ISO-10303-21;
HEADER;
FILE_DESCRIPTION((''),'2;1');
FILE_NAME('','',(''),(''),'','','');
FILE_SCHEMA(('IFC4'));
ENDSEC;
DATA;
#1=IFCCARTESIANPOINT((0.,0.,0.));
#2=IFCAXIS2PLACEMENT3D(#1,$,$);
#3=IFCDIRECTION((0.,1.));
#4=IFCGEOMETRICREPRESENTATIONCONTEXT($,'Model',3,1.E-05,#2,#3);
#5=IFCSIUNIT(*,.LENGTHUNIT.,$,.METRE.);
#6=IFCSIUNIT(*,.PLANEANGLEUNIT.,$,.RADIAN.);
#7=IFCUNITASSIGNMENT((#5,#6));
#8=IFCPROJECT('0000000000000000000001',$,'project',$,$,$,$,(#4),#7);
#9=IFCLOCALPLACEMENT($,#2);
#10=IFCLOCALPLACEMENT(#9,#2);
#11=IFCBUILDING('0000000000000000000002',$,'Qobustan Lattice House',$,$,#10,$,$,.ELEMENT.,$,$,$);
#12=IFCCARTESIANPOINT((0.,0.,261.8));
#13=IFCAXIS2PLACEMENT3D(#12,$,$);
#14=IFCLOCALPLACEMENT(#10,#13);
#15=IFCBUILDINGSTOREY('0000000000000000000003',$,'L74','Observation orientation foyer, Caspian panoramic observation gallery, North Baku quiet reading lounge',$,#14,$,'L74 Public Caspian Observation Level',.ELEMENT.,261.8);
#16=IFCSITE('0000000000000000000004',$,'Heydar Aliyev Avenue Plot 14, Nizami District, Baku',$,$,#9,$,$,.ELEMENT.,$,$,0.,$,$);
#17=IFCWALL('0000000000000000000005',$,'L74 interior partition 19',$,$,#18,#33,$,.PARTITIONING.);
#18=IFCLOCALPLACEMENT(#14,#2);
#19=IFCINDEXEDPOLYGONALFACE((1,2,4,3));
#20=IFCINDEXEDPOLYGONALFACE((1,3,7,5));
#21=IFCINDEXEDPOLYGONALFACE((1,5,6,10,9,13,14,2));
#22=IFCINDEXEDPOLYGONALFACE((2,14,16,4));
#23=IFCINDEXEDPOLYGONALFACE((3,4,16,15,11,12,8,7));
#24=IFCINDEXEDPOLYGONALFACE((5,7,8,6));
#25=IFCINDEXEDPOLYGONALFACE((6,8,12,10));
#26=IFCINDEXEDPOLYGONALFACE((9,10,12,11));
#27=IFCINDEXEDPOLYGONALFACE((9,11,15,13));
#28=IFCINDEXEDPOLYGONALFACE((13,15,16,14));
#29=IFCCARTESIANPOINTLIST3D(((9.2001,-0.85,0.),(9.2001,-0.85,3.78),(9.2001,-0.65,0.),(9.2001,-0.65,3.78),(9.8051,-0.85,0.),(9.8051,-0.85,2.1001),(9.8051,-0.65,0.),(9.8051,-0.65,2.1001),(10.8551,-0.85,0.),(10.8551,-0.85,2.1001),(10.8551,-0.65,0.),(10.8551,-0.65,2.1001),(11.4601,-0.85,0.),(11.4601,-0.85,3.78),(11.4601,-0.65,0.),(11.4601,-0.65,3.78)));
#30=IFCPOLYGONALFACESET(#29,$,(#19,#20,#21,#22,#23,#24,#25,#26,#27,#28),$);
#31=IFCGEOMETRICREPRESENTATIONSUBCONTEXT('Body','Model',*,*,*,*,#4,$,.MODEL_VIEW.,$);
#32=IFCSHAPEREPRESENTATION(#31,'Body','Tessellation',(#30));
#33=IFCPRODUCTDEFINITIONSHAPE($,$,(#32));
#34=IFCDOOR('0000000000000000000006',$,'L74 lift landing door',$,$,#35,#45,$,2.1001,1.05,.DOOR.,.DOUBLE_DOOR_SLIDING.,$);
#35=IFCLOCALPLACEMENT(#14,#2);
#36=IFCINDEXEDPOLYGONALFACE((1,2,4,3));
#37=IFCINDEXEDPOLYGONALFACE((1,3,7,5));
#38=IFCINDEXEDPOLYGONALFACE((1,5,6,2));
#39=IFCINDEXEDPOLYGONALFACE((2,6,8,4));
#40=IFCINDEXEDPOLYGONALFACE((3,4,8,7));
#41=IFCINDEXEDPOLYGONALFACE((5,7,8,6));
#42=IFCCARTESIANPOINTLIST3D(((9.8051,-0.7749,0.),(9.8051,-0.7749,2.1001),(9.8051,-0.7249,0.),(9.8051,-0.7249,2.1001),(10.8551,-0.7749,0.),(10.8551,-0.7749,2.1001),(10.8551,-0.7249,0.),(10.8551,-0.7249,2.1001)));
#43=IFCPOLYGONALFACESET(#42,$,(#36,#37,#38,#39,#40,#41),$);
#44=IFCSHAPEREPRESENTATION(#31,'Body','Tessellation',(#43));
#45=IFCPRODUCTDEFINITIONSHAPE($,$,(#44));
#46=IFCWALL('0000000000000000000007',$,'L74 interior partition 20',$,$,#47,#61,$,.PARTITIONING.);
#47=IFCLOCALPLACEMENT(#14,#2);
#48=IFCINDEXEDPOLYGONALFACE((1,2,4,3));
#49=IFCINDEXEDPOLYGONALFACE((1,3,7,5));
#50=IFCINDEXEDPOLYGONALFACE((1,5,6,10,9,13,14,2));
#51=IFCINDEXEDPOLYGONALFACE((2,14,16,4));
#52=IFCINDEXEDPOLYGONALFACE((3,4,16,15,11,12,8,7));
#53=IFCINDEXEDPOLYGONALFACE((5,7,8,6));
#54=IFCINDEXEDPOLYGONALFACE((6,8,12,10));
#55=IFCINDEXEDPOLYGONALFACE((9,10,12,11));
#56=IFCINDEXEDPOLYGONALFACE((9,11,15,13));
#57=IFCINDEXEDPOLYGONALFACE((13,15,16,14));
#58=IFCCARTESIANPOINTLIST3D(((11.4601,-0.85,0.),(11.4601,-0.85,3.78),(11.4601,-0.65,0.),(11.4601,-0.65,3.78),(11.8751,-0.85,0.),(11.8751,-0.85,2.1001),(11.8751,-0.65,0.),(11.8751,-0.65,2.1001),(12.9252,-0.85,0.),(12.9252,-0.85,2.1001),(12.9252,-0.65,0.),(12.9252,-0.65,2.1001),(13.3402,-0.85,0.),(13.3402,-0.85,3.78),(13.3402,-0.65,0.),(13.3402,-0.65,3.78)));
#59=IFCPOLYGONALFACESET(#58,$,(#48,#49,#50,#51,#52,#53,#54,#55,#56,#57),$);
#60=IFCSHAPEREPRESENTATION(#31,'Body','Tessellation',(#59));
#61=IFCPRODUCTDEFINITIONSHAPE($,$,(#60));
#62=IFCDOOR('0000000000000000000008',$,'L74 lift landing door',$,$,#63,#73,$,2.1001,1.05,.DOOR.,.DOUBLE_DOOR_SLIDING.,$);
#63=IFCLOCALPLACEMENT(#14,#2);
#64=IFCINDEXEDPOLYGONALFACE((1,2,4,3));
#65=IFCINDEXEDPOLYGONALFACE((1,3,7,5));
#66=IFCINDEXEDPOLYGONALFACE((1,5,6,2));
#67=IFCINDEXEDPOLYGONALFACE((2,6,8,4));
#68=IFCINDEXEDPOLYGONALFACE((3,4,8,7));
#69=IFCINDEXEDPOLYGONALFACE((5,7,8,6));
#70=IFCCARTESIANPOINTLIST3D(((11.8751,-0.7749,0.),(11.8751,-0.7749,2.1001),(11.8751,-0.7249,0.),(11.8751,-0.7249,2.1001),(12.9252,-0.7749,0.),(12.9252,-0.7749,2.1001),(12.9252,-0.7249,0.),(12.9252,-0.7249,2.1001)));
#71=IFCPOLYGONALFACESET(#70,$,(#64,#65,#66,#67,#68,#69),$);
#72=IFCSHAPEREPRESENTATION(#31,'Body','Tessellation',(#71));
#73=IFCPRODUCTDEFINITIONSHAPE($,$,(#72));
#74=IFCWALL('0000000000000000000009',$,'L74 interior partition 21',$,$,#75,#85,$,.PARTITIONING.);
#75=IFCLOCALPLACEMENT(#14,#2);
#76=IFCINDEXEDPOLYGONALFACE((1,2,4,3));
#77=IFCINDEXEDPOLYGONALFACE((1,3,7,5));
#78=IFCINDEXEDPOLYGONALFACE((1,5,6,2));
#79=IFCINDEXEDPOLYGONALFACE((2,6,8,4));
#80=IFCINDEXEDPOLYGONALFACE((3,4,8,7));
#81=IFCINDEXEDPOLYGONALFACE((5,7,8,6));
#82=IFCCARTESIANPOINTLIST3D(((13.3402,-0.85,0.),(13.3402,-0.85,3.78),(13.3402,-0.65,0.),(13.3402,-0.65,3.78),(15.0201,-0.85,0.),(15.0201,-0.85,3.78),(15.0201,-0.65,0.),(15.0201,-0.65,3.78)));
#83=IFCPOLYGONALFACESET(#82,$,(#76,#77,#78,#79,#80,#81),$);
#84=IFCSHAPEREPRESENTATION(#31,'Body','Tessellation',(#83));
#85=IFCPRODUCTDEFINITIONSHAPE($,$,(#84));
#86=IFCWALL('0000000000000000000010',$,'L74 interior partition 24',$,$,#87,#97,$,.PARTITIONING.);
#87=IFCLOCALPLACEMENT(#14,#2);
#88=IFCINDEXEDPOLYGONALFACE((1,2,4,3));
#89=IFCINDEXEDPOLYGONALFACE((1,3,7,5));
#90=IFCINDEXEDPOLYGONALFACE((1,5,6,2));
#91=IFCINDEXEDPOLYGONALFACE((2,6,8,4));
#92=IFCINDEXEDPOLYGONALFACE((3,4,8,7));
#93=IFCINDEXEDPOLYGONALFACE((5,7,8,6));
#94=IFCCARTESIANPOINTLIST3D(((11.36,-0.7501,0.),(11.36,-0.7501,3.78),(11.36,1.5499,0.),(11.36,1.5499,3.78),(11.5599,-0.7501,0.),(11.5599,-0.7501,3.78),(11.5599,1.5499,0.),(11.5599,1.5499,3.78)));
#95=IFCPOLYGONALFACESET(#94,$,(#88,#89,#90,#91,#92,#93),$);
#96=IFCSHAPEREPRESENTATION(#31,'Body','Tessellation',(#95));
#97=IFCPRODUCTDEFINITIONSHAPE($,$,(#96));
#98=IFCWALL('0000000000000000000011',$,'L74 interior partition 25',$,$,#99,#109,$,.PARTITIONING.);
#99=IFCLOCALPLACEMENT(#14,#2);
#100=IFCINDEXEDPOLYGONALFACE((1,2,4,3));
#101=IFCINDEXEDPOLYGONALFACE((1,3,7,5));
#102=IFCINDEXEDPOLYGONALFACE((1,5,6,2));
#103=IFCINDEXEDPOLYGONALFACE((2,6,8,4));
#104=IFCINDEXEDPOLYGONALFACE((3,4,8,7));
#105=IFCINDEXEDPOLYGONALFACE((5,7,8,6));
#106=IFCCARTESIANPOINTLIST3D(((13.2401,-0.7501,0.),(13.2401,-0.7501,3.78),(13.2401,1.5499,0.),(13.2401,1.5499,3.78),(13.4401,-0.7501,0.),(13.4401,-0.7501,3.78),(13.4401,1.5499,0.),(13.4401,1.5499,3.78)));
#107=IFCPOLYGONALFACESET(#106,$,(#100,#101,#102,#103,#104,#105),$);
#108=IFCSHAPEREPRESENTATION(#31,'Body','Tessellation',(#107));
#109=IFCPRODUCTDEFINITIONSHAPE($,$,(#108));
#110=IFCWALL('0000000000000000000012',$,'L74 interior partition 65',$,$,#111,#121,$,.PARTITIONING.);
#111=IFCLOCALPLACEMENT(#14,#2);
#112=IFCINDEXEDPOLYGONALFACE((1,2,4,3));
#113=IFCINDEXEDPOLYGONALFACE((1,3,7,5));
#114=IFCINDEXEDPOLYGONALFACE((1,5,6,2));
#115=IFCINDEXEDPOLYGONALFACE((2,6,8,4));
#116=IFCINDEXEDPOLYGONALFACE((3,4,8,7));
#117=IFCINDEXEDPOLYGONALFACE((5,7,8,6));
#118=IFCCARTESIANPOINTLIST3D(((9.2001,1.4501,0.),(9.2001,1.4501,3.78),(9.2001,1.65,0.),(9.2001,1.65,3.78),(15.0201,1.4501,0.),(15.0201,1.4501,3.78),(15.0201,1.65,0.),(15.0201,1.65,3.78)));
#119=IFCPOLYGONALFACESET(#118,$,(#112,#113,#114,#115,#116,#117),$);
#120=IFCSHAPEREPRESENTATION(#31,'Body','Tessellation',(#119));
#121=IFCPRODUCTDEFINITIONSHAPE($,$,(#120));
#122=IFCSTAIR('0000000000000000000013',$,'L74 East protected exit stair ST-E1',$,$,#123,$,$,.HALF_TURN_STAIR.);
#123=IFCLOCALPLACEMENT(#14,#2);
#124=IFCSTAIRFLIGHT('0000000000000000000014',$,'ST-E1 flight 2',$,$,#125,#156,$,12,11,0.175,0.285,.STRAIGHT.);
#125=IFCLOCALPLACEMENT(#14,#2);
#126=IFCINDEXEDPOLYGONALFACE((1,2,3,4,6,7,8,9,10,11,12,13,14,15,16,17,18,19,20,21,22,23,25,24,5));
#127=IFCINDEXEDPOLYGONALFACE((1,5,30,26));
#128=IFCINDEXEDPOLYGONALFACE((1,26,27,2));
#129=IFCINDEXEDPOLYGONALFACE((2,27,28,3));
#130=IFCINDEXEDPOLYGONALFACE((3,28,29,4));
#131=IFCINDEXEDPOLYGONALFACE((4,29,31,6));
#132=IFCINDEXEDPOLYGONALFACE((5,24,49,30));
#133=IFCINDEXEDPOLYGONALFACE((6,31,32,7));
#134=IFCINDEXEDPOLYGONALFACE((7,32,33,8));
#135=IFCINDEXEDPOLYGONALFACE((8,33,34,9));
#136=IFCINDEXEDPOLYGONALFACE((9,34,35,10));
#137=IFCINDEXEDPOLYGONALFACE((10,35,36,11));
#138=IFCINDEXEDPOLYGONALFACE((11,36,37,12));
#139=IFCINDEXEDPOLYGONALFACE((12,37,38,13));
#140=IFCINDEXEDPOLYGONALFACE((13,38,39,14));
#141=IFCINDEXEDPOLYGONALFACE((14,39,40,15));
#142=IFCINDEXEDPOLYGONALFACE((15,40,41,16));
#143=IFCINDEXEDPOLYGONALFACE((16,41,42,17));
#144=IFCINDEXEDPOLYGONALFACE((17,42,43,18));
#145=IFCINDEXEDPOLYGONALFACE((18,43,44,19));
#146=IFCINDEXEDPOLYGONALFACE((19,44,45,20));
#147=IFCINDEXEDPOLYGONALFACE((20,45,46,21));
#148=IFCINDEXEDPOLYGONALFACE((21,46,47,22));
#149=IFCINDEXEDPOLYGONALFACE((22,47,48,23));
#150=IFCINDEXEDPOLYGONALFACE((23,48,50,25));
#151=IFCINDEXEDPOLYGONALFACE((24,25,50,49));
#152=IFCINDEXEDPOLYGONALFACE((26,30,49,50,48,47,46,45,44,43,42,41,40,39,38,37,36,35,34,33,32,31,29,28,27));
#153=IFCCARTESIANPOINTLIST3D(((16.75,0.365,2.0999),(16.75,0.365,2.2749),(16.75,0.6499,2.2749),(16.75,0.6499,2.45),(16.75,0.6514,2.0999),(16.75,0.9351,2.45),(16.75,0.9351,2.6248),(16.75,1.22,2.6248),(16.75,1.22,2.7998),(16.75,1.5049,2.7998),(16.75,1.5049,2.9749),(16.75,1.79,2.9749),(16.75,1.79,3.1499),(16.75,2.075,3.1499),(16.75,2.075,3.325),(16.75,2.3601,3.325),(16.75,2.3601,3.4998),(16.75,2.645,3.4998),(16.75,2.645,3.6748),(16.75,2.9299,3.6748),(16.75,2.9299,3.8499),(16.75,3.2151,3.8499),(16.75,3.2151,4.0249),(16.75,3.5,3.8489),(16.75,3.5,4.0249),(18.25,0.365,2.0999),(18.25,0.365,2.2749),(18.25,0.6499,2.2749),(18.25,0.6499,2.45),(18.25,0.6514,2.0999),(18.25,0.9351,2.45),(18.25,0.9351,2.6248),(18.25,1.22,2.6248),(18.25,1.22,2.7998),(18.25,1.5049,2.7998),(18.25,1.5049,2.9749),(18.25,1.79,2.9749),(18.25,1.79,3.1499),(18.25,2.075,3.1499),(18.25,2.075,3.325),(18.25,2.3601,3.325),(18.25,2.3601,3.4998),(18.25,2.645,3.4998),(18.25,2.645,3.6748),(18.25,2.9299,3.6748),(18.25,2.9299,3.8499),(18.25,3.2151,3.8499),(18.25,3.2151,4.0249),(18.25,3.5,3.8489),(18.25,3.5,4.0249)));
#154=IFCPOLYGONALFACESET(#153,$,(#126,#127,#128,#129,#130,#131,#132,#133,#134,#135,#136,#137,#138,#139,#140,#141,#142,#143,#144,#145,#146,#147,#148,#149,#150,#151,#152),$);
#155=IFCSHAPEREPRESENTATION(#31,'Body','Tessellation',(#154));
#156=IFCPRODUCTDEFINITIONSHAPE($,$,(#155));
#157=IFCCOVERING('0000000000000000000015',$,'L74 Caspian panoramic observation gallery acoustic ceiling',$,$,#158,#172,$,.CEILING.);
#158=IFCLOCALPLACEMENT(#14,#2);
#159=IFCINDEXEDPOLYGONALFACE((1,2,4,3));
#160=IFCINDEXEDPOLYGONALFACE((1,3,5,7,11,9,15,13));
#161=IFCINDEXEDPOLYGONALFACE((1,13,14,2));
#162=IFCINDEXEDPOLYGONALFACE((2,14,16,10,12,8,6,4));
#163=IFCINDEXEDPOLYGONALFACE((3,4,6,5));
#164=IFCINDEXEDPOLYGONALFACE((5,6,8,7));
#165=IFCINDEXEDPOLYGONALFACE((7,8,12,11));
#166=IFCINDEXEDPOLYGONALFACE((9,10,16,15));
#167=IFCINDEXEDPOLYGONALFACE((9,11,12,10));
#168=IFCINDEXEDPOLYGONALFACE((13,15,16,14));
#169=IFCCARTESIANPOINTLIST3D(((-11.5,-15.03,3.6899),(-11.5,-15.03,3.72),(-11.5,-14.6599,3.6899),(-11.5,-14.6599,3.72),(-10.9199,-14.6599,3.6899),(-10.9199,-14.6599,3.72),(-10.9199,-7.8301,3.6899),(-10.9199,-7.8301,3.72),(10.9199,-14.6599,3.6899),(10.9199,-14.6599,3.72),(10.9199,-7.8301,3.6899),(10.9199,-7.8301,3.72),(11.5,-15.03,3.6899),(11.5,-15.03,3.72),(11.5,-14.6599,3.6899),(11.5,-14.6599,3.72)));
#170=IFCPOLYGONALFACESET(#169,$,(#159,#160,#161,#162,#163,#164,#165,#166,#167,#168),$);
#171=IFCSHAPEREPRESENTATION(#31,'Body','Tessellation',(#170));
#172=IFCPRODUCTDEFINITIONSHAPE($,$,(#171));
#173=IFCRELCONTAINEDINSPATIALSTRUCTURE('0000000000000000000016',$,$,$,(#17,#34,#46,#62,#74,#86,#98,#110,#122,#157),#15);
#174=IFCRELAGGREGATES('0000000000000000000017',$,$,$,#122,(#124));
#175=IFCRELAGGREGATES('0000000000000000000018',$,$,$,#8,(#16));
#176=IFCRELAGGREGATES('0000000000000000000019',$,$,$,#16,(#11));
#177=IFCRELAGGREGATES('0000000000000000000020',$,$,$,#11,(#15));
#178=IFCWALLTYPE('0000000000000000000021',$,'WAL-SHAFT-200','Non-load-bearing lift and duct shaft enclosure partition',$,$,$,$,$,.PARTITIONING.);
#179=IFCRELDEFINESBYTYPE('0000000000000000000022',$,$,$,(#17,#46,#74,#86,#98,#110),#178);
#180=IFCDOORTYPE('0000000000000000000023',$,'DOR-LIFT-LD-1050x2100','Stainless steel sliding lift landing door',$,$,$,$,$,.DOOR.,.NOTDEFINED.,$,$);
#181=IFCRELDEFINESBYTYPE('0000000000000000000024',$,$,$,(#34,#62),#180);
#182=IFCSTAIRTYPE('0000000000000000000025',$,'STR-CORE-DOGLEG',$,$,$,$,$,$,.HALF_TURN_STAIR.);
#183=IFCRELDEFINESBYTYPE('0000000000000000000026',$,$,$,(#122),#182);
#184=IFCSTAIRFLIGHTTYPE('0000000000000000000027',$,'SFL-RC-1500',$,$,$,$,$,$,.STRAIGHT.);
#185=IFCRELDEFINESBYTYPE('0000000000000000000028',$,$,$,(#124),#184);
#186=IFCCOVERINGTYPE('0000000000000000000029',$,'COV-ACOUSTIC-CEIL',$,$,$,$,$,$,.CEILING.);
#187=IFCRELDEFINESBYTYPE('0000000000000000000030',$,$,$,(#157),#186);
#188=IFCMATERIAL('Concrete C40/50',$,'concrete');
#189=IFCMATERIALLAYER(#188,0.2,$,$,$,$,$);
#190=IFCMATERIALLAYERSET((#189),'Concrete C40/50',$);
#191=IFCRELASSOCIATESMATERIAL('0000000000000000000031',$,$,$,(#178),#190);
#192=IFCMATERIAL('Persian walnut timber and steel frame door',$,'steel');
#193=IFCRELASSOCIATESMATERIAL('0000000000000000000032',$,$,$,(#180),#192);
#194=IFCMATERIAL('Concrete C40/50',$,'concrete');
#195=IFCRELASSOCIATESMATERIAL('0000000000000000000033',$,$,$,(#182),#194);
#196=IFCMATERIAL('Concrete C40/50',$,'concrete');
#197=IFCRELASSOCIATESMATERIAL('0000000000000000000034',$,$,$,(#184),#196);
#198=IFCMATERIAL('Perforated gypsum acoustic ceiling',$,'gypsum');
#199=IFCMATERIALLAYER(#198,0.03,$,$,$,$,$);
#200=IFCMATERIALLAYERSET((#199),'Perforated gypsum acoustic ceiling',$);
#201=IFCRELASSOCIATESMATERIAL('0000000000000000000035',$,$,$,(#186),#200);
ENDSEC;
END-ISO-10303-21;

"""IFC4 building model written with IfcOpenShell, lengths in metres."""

from ifc_helpers import new_model, si_unit, direction, frame, frame_2d, origin, place, context, subcontext, project, spatial, polyline, rectangle, outline, extrude, material, layer, layer_set, type_object, element, fill, aggregate, save


model = new_model("IFC4")

# Units and contexts
model_context = context("Model", 3, precision=1e-05, world=origin(), true_north=direction((0.0, 1.0)))
body_context = subcontext(model_context, "Body", "Model", "MODEL_VIEW")
ifc_project = project(units=[si_unit("LENGTHUNIT", "METRE"), si_unit("PLANEANGLEUNIT", "RADIAN")], contexts=[model_context])

# Site, building, storey
site_placement = place(None, origin())
site = spatial("IfcSite", under=ifc_project, at=site_placement, Name="Heydar Aliyev Avenue Plot 14, Nizami District, Baku", CompositionType="ELEMENT", RefElevation=0.0)
building_placement = place(site_placement, origin())
building = spatial("IfcBuilding", under=site, at=building_placement, Name="Qobustan Lattice House", CompositionType="ELEMENT")
storey_placement = place(building_placement, frame((0.0, 0.0, 261.8)))
storey = spatial("IfcBuildingStorey", under=building, at=storey_placement, Name="L74", Description="Observation orientation foyer, Caspian panoramic observation gallery, North Baku quiet reading lounge", LongName="L74 Public Caspian Observation Level", CompositionType="ELEMENT", Elevation=261.8)

# Shared definitions
ifc_material_1 = material(Name="Concrete C40/50", Category="concrete")
ifc_layer_1 = layer(ifc_material_1, 0.2)
ifc_layer_set_1 = layer_set([ifc_layer_1], Name="Concrete C40/50")
wall_type_1 = type_object("IfcWallType", Name="WAL-SHAFT-200", Description="Non-load-bearing lift and duct shaft enclosure partition", PredefinedType="PARTITIONING", material=ifc_layer_set_1)

# Walls, openings, doors
wall_1_placement = place(storey_placement, frame((11.46, -0.75, 0.0), z_axis=(0.0, 0.0, 1.0), x_axis=(-1.0, 0.0, 0.0)))
wall_1 = element("IfcWall", 1, at=wall_1_placement, inside=storey, type_object=wall_type_1, Name="L74 interior partition 19", PredefinedType="PARTITIONING", context=body_context, shape_type="SweptSolid", body=[
    extrude(rectangle(XDim=2.26, YDim=0.2, at=frame_2d((1.1299, 0.0))), origin(), (0.0, 0.0, 1.0), 3.78),
])
opening_1_placement = place(wall_1_placement, frame((0.605, 0.0, 0.0)))
opening_1 = element("IfcOpeningElement", 2, at=opening_1_placement, cuts=wall_1, PredefinedType="OPENING", context=body_context, shape_type="SweptSolid", body=[
    extrude(rectangle(XDim=1.05, YDim=2.1001, at=frame_2d((0.5249, 1.05))), frame((0.0, 0.1099, 0.0), z_axis=(0.0, -1.0, 0.0), x_axis=(1.0, 0.0, 0.0)), (0.0, 0.0, 1.0), 0.22),
])
ifc_material_2 = material(Name="Persian walnut timber and steel frame door", Category="steel")
door_type_1 = type_object("IfcDoorType", Name="DOR-LIFT-LD-1050x2100", Description="Stainless steel sliding lift landing door", OperationType="NOTDEFINED", PredefinedType="DOOR", material=ifc_material_2)
door_1_placement = place(opening_1_placement, origin())
door_1 = element("IfcDoor", 3, at=door_1_placement, inside=storey, type_object=door_type_1, Name="L74 lift landing door", OperationType="DOUBLE_DOOR_SLIDING", OverallHeight=2.1001, OverallWidth=1.05, PredefinedType="DOOR", context=body_context, shape_type="SweptSolid", body=[
    extrude(rectangle(XDim=1.05, YDim=2.1001, at=frame_2d((0.5249, 1.05))), frame((0.0, 0.0249, 0.0), z_axis=(0.0, -1.0, 0.0), x_axis=(1.0, 0.0, 0.0)), (0.0, 0.0, 1.0), 0.05),
])
fill(opening_1, door_1)
wall_2_placement = place(storey_placement, frame((13.3401, -0.75, 0.0), z_axis=(0.0, 0.0, 1.0), x_axis=(-1.0, 0.0, 0.0)))
wall_2 = element("IfcWall", 4, at=wall_2_placement, inside=storey, type_object=wall_type_1, Name="L74 interior partition 20", PredefinedType="PARTITIONING", context=body_context, shape_type="SweptSolid", body=[
    extrude(rectangle(XDim=1.8801, YDim=0.2, at=frame_2d((0.9399, 0.0))), origin(), (0.0, 0.0, 1.0), 3.78),
])
opening_2_placement = place(wall_2_placement, frame((0.415, 0.0, 0.0)))
opening_2 = element("IfcOpeningElement", 5, at=opening_2_placement, cuts=wall_2, PredefinedType="OPENING", context=body_context, shape_type="SweptSolid", body=[
    extrude(rectangle(XDim=1.05, YDim=2.1001, at=frame_2d((0.5249, 1.05))), frame((0.0, 0.1099, 0.0), z_axis=(0.0, -1.0, 0.0), x_axis=(1.0, 0.0, 0.0)), (0.0, 0.0, 1.0), 0.22),
])
door_2_placement = place(opening_2_placement, origin())
door_2 = element("IfcDoor", 6, at=door_2_placement, inside=storey, type_object=door_type_1, Name="L74 lift landing door", OperationType="DOUBLE_DOOR_SLIDING", OverallHeight=2.1001, OverallWidth=1.05, PredefinedType="DOOR", context=body_context, shape_type="SweptSolid", body=[
    extrude(rectangle(XDim=1.05, YDim=2.1001, at=frame_2d((0.5249, 1.05))), frame((0.0, 0.0249, 0.0), z_axis=(0.0, -1.0, 0.0), x_axis=(1.0, 0.0, 0.0)), (0.0, 0.0, 1.0), 0.05),
])
fill(opening_2, door_2)

# Walls
wall_3_placement = place(storey_placement, frame((15.02, -0.75, 0.0), z_axis=(0.0, 0.0, 1.0), x_axis=(-1.0, 0.0, 0.0)))
element("IfcWall", 7, at=wall_3_placement, inside=storey, type_object=wall_type_1, Name="L74 interior partition 21", PredefinedType="PARTITIONING", context=body_context, shape_type="SweptSolid", body=[
    extrude(rectangle(XDim=1.6799, YDim=0.2, at=frame_2d((0.8398, 0.0))), origin(), (0.0, 0.0, 1.0), 3.78),
])
for number, where, z_axis, x_axis, name in (
    (8, (11.46, -0.75, 0.0), (0.0, 0.0, 1.0), (0.0, 1.0, 0.0), "L74 interior partition 24"),
    (9, (13.3401, -0.75, 0.0), (0.0, 0.0, 1.0), (0.0, 1.0, 0.0), "L74 interior partition 25"),
):
    element("IfcWall", number, at=place(storey_placement, frame(where, z_axis=z_axis, x_axis=x_axis)), inside=storey, type_object=wall_type_1, Name=name, PredefinedType="PARTITIONING", context=body_context, shape_type="SweptSolid", body=[
        extrude(rectangle(XDim=2.3, YDim=0.2, at=frame_2d((1.1499, 0.0))), origin(), (0.0, 0.0, 1.0), 3.78),
    ])
wall_4_placement = place(storey_placement, frame((9.2, 1.55, 0.0), z_axis=(0.0, 0.0, 1.0), x_axis=(1.0, 0.0, 0.0)))
element("IfcWall", 10, at=wall_4_placement, inside=storey, type_object=wall_type_1, Name="L74 interior partition 65", PredefinedType="PARTITIONING", context=body_context, shape_type="SweptSolid", body=[
    extrude(rectangle(XDim=5.8201, YDim=0.2, at=frame_2d((2.9102, 0.0))), origin(), (0.0, 0.0, 1.0), 3.78),
])

# Stair, stair flight
ifc_material_3 = material(Name="Concrete C40/50", Category="concrete")
stair_type = type_object("IfcStairType", Name="STR-CORE-DOGLEG", PredefinedType="HALF_TURN_STAIR", material=ifc_material_3)
stair_placement = place(storey_placement, origin())
stair = element("IfcStair", 11, at=stair_placement, inside=storey, type_object=stair_type, Name="L74 East protected exit stair ST-E1", PredefinedType="HALF_TURN_STAIR")
ifc_material_4 = material(Name="Concrete C40/50", Category="concrete")
stair_flight_type = type_object("IfcStairFlightType", Name="SFL-RC-1500", PredefinedType="STRAIGHT", material=ifc_material_4)
stair_flight_placement = place(storey_placement, frame((17.5, 0.365, 2.0999), z_axis=(0.0, 0.0, 1.0), x_axis=(0.0, 1.0, 0.0)))
stair_flight = element("IfcStairFlight", 12, at=stair_flight_placement, type_object=stair_flight_type, Name="ST-E1 flight 2", NumberOfRisers=12, NumberOfTreads=11, PredefinedType="STRAIGHT", RiserHeight=0.175, TreadLength=0.285, context=body_context, shape_type="SweptSolid", body=[
    extrude(outline(polyline([(0.0, 0.0), (0.0, 0.175), (0.2849, 0.175), (0.2849, 0.3501), (0.5701, 0.3501), (0.5701, 0.5249), (0.855, 0.5249), (0.855, 0.7), (1.1399, 0.7), (1.1399, 0.875), (1.425, 0.875), (1.425, 1.05), (1.71, 1.05), (1.71, 1.2251), (1.9951, 1.2251), (1.9951, 1.3999), (2.28, 1.3999), (2.28, 1.575), (2.5649, 1.575), (2.5649, 1.75), (2.8501, 1.75), (2.8501, 1.925), (3.135, 1.925), (3.135, 2.1001), (3.135, 1.749), (0.2864, 0.0), (0.0, 0.0)])), frame((0.0, 0.75, 0.0), z_axis=(0.0, -1.0, 0.0), x_axis=(1.0, 0.0, 0.0)), (0.0, 0.0, 1.0), 1.5),
])
aggregate(stair, [stair_flight])

# Covering
ifc_material_5 = material(Name="Perforated gypsum acoustic ceiling", Category="gypsum")
ifc_layer_2 = layer(ifc_material_5, 0.03)
ifc_layer_set_2 = layer_set([ifc_layer_2], Name="Perforated gypsum acoustic ceiling")
covering_type_1 = type_object("IfcCoveringType", Name="COV-ACOUSTIC-CEIL", PredefinedType="CEILING", material=ifc_layer_set_2)
covering_1_placement = place(storey_placement, frame((0.0, 0.0, 3.6899)))
element("IfcCovering", 13, at=covering_1_placement, inside=storey, type_object=covering_type_1, Name="L74 Caspian panoramic observation gallery acoustic ceiling", PredefinedType="CEILING", context=body_context, shape_type="SweptSolid", body=[
    extrude(outline(polyline([(11.5, -14.6599), (10.9199, -14.6599), (10.9199, -7.8301), (-10.9199, -7.8301), (-10.9199, -14.6599), (-11.5, -14.6599), (-11.5, -15.03), (11.5, -15.03), (11.5, -14.6599)])), origin(), (0.0, 0.0, 1.0), 0.03),
])

save(model, "model.ifc")
